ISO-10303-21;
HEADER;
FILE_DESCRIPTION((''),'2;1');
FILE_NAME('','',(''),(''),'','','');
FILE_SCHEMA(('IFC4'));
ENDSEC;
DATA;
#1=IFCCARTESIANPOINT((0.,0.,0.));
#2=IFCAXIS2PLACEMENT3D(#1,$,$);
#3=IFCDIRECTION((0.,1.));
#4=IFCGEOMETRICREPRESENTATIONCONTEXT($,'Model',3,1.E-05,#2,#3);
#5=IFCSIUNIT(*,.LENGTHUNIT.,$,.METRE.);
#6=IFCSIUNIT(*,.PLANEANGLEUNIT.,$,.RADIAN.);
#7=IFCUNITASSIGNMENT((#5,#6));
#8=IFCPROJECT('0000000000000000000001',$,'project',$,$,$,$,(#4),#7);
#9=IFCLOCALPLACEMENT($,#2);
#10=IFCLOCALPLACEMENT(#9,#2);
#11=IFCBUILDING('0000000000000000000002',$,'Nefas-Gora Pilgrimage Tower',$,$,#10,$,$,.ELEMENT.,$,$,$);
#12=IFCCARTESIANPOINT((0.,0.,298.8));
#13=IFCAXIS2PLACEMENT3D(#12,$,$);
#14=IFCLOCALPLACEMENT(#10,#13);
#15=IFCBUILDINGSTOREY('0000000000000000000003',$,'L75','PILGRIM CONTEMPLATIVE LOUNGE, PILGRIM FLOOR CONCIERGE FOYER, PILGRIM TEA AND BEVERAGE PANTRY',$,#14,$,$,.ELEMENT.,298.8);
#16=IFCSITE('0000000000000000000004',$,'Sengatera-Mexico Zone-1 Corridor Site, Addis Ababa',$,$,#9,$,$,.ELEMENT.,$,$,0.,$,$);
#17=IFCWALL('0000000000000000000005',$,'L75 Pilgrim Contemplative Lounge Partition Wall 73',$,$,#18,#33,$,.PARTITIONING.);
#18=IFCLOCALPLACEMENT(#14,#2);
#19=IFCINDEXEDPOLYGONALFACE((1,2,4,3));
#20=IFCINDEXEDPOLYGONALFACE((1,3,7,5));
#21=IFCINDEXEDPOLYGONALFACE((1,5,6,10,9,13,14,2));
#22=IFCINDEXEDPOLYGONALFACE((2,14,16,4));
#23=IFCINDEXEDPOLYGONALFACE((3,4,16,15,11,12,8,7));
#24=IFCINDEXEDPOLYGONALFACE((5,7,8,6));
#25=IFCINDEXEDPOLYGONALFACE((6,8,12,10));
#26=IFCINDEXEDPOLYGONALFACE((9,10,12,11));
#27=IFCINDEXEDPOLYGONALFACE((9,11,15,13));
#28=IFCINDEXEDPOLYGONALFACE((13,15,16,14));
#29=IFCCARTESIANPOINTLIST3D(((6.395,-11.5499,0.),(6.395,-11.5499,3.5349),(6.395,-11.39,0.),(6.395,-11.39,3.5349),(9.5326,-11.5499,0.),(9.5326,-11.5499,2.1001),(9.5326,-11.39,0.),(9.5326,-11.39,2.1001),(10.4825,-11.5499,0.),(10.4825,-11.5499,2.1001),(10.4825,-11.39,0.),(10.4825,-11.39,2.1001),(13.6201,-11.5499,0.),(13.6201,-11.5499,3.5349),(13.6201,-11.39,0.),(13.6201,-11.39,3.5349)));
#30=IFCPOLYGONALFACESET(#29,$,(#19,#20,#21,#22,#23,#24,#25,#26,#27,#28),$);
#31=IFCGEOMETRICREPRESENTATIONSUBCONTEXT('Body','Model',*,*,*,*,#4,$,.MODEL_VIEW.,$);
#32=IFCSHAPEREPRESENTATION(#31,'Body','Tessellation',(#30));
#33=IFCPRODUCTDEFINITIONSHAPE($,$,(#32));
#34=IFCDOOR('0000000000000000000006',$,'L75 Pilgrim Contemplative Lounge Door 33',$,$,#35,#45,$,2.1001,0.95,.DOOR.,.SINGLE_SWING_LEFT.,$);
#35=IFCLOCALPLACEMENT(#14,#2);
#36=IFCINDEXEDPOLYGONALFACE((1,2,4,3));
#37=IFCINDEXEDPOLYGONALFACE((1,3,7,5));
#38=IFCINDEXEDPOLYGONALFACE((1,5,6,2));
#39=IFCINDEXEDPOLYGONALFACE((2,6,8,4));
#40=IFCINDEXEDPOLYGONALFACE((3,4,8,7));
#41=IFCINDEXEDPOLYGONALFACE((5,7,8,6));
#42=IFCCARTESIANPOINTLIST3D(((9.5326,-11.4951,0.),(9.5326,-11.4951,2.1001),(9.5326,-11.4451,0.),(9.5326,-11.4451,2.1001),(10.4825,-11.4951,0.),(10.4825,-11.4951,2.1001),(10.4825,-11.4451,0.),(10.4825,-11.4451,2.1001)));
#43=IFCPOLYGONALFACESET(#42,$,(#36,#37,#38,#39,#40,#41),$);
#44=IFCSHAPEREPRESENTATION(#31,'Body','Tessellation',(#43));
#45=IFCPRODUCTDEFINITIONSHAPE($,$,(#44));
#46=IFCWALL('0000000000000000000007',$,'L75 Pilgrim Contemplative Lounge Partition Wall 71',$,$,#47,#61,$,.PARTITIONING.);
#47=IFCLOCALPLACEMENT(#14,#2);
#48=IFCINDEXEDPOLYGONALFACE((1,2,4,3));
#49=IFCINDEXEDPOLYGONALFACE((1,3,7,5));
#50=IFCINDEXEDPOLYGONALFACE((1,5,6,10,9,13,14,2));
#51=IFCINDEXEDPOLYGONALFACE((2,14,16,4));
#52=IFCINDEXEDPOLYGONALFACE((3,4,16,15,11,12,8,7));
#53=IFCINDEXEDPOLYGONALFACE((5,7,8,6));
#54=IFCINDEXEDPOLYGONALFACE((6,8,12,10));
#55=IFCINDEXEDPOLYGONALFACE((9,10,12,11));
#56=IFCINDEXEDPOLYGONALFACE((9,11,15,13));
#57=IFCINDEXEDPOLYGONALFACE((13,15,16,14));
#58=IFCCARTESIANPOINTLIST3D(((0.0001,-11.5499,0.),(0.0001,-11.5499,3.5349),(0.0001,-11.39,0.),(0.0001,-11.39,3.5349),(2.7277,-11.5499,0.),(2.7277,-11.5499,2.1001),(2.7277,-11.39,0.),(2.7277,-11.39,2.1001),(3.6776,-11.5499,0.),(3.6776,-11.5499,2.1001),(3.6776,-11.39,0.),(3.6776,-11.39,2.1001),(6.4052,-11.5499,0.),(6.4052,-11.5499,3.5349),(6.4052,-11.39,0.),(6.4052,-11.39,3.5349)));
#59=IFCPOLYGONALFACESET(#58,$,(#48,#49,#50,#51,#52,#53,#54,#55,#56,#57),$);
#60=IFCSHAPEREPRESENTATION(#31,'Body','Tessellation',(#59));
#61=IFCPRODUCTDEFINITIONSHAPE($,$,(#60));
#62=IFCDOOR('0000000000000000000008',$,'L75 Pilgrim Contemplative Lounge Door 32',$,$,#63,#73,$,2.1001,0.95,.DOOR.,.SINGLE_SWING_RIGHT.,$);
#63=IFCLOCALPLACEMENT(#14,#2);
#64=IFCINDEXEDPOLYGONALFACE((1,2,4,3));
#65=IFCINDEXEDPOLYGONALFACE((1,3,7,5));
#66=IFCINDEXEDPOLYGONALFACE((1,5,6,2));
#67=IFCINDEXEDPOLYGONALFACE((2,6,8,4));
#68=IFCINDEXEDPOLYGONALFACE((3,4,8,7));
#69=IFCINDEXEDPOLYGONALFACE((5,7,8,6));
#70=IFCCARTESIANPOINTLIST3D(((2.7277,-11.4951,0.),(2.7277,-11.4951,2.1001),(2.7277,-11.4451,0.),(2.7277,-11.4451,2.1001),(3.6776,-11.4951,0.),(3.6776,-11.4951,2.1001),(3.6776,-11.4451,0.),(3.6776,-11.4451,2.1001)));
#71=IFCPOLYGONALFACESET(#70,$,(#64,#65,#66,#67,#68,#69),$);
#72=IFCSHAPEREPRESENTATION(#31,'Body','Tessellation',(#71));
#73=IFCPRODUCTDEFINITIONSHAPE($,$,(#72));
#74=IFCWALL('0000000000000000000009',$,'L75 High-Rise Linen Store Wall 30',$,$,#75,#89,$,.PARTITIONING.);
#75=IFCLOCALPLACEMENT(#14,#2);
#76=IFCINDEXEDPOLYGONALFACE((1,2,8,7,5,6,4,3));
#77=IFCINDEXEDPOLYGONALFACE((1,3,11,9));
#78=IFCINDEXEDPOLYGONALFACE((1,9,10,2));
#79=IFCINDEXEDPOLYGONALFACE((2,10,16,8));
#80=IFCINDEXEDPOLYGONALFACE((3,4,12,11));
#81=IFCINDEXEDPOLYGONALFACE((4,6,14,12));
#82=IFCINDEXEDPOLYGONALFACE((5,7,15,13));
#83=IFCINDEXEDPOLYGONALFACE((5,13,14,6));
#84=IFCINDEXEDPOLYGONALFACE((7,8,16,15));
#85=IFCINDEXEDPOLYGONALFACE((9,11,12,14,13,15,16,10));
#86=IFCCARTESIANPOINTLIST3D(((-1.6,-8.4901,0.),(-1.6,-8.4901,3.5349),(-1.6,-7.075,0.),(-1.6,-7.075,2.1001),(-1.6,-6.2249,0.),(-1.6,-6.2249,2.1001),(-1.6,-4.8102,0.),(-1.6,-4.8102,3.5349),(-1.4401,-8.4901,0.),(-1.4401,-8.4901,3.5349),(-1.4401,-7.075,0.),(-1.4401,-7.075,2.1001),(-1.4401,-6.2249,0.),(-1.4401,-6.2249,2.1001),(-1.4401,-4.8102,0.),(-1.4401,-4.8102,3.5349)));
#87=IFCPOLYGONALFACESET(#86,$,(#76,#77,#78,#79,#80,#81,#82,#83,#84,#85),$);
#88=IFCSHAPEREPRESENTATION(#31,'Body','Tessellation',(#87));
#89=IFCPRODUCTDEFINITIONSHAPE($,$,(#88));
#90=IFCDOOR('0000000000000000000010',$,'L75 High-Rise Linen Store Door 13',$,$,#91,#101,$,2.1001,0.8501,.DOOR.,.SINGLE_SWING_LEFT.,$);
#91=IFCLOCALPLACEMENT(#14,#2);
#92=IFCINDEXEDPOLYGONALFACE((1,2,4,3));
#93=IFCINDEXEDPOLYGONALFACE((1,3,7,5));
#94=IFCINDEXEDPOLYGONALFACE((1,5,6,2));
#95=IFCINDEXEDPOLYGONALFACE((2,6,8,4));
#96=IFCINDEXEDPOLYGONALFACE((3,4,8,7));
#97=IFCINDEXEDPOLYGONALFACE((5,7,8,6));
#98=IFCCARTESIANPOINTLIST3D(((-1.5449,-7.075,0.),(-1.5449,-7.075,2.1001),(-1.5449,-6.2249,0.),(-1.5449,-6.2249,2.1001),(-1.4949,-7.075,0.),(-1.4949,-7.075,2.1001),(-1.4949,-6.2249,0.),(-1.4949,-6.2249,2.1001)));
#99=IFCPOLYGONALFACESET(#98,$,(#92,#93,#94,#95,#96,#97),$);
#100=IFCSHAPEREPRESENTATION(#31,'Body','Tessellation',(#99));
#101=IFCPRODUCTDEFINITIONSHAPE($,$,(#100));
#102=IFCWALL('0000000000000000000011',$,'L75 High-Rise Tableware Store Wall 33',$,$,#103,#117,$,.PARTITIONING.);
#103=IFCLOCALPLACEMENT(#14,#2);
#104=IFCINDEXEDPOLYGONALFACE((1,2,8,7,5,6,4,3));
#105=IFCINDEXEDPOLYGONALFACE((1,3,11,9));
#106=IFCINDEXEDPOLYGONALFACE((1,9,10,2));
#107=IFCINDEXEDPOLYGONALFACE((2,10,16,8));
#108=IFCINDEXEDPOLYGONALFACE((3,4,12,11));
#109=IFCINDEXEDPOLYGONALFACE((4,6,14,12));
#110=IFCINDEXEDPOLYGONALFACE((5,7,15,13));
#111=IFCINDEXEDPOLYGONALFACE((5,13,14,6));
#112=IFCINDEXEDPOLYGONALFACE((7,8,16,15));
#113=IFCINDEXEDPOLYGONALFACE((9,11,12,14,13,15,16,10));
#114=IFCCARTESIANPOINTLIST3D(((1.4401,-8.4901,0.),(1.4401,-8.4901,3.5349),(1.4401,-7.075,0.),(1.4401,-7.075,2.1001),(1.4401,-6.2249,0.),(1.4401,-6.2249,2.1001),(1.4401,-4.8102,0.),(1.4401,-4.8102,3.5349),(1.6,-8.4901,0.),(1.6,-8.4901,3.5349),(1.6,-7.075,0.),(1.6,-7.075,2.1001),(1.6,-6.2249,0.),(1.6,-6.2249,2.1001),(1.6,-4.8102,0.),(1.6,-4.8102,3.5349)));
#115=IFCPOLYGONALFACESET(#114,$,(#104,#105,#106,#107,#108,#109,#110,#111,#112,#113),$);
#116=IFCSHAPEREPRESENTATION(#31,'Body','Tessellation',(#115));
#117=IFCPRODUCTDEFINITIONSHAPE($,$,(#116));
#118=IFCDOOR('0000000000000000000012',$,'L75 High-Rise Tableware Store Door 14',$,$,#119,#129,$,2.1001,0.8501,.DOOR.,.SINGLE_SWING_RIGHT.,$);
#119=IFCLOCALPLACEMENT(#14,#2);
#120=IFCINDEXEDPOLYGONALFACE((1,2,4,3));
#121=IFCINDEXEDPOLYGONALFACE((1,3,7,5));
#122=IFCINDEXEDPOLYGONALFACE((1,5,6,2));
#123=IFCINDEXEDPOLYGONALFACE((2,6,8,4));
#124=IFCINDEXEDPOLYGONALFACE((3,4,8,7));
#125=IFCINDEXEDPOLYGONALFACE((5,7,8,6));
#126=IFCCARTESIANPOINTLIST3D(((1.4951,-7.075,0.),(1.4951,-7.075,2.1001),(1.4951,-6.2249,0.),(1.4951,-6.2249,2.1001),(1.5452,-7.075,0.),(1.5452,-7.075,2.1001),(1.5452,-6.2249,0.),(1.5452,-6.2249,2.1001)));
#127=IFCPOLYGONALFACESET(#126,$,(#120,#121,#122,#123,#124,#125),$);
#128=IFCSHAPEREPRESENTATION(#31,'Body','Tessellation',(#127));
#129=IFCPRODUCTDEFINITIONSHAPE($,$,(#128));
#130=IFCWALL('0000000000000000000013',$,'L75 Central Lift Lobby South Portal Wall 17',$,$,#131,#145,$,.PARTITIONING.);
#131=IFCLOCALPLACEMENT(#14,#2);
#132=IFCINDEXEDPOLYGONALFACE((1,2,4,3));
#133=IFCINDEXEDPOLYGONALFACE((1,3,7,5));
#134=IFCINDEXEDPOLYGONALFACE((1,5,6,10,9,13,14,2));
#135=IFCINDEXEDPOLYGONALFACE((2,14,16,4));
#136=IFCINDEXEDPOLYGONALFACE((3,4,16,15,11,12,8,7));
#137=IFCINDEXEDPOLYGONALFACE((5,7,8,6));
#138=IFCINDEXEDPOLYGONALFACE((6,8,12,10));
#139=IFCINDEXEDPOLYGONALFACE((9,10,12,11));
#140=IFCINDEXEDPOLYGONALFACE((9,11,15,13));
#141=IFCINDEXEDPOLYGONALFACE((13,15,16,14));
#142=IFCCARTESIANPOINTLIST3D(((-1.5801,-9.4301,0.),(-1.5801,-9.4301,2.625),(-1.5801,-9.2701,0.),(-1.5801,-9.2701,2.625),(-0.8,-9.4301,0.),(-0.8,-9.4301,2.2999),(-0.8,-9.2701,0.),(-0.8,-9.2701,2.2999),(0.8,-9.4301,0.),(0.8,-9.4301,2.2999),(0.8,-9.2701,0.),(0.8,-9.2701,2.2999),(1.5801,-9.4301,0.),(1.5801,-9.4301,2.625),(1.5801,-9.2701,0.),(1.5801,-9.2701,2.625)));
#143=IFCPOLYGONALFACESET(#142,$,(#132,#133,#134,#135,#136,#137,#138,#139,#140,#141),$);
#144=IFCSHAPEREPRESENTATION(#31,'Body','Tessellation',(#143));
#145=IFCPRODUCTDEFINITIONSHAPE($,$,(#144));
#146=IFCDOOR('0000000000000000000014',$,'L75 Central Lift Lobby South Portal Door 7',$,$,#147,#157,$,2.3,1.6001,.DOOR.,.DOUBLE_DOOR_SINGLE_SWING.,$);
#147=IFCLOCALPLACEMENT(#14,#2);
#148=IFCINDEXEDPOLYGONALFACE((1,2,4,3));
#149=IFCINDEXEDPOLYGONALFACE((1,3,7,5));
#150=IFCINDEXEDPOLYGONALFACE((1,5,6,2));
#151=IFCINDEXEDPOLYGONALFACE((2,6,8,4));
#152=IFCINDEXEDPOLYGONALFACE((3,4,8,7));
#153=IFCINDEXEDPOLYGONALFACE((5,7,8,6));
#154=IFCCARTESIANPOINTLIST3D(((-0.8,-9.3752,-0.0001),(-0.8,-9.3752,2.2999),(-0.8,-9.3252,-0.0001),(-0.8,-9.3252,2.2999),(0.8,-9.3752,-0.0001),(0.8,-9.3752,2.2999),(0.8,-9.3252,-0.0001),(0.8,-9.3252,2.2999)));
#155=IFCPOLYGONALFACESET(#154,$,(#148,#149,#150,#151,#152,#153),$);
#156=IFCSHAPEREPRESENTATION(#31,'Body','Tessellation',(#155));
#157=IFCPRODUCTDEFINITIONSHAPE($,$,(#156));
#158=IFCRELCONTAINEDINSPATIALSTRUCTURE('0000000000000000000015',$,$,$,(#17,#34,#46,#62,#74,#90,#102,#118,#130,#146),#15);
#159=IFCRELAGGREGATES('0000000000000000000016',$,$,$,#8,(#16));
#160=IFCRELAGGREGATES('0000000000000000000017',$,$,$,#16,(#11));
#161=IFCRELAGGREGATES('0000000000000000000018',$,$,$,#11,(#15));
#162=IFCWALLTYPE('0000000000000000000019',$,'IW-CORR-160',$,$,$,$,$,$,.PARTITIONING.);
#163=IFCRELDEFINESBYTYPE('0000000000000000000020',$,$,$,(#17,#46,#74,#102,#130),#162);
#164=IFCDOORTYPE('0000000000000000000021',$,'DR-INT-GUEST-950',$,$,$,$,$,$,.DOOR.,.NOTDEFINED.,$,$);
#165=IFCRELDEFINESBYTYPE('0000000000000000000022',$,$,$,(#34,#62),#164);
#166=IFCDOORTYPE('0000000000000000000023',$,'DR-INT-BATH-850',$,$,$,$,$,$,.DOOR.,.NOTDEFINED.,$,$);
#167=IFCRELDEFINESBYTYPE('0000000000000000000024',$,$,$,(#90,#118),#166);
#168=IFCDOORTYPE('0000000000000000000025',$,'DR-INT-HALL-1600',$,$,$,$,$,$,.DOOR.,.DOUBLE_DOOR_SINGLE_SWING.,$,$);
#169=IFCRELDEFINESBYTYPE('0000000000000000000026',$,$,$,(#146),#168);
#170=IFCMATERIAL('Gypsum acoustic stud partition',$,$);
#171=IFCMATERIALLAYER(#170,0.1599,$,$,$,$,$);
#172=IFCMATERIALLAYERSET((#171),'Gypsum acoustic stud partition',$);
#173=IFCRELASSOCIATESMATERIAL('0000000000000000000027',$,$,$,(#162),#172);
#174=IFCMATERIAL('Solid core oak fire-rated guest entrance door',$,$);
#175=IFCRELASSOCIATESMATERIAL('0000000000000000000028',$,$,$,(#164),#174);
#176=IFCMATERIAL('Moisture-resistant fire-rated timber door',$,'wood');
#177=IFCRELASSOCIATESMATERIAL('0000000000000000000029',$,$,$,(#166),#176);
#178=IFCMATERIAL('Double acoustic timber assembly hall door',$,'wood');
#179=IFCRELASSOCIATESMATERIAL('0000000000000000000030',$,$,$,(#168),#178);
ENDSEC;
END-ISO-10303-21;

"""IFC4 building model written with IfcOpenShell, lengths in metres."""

from ifc_helpers import new_model, si_unit, direction, frame, frame_2d, origin, place, context, subcontext, project, spatial, rectangle, extrude, source, transform, mapped, material, layer, layer_set, type_object, element, fill, save


model = new_model("IFC4")

# Units and contexts
model_context = context("Model", 3, precision=1e-05, world=origin(), true_north=direction((0.0, 1.0)))
body_context = subcontext(model_context, "Body", "Model", "MODEL_VIEW")
ifc_project = project(units=[si_unit("LENGTHUNIT", "METRE"), si_unit("PLANEANGLEUNIT", "RADIAN")], contexts=[model_context])

# Site, building, storey
site_placement = place(None, origin())
site = spatial("IfcSite", under=ifc_project, at=site_placement, Name="Sengatera-Mexico Zone-1 Corridor Site, Addis Ababa", CompositionType="ELEMENT", RefElevation=0.0)
building_placement = place(site_placement, origin())
building = spatial("IfcBuilding", under=site, at=building_placement, Name="Nefas-Gora Pilgrimage Tower", CompositionType="ELEMENT")
storey_placement = place(building_placement, frame((0.0, 0.0, 298.8)))
storey = spatial("IfcBuildingStorey", under=building, at=storey_placement, Name="L75", Description="PILGRIM CONTEMPLATIVE LOUNGE, PILGRIM FLOOR CONCIERGE FOYER, PILGRIM TEA AND BEVERAGE PANTRY", CompositionType="ELEMENT", Elevation=298.8)

# Walls, openings, doors
ifc_material_1 = material(Name="Gypsum acoustic stud partition")
ifc_layer_1 = layer(ifc_material_1, 0.1599)
ifc_layer_set_1 = layer_set([ifc_layer_1], Name="Gypsum acoustic stud partition")
wall_type_1 = type_object("IfcWallType", Name="IW-CORR-160", PredefinedType="PARTITIONING", material=ifc_layer_set_1)
shared_shape_1 = source(origin(), body_context, "Body", "SweptSolid", [
    extrude(rectangle(XDim=7.2251, YDim=0.1599, at=frame_2d((3.6125, 0.0))), origin(), (0.0, 0.0, 1.0), 3.5349),
])
wall_1_placement = place(storey_placement, frame((6.395, -11.47, 0.0), z_axis=(0.0, 0.0, 1.0), x_axis=(1.0, 0.0, 0.0)))
wall_1 = element("IfcWall", 1, at=wall_1_placement, inside=storey, type_object=wall_type_1, Name="L75 Pilgrim Contemplative Lounge Partition Wall 73", PredefinedType="PARTITIONING", context=body_context, shape_type="MappedRepresentation", body=[
    mapped(shared_shape_1, transform((0.0, 0.0, 0.0), x_axis=(1.0, 0.0, 0.0), y_axis=(0.0, 1.0, 0.0), z_axis=(0.0, 0.0, 1.0), scale=1.0)),
])
opening_1_placement = place(wall_1_placement, frame((3.1375, 0.0, 0.0)))
opening_1 = element("IfcOpeningElement", 2, at=opening_1_placement, cuts=wall_1, PredefinedType="OPENING", context=body_context, shape_type="SweptSolid", body=[
    extrude(rectangle(XDim=0.95, YDim=2.1001, at=frame_2d((0.4751, 1.05))), frame((0.0, 0.0898, 0.0), z_axis=(0.0, -1.0, 0.0), x_axis=(1.0, 0.0, 0.0)), (0.0, 0.0, 1.0), 0.1799),
])
ifc_material_2 = material(Name="Solid core oak fire-rated guest entrance door")
door_type_1 = type_object("IfcDoorType", Name="DR-INT-GUEST-950", OperationType="NOTDEFINED", PredefinedType="DOOR", material=ifc_material_2)
shared_shape_2 = source(origin(), body_context, "Body", "SweptSolid", [
    extrude(rectangle(XDim=0.95, YDim=2.1001, at=frame_2d((0.4751, 1.05))), frame((0.0, 0.0249, 0.0), z_axis=(0.0, -1.0, 0.0), x_axis=(1.0, 0.0, 0.0)), (0.0, 0.0, 1.0), 0.05),
])
door_1_placement = place(opening_1_placement, origin())
door_1 = element("IfcDoor", 3, at=door_1_placement, inside=storey, type_object=door_type_1, Name="L75 Pilgrim Contemplative Lounge Door 33", OperationType="SINGLE_SWING_LEFT", OverallHeight=2.1001, OverallWidth=0.95, PredefinedType="DOOR", context=body_context, shape_type="MappedRepresentation", body=[
    mapped(shared_shape_2, transform((0.0, 0.0, 0.0), x_axis=(1.0, 0.0, 0.0), y_axis=(0.0, 1.0, 0.0), z_axis=(0.0, 0.0, 1.0), scale=1.0)),
])
fill(opening_1, door_1)
shared_shape_3 = source(origin(), body_context, "Body", "SweptSolid", [
    extrude(rectangle(XDim=6.405, YDim=0.1599, at=frame_2d((3.2026, 0.0))), origin(), (0.0, 0.0, 1.0), 3.5349),
])
wall_2_placement = place(storey_placement, frame((0.0, -11.47, 0.0), z_axis=(0.0, 0.0, 1.0), x_axis=(1.0, 0.0, 0.0)))
wall_2 = element("IfcWall", 4, at=wall_2_placement, inside=storey, type_object=wall_type_1, Name="L75 Pilgrim Contemplative Lounge Partition Wall 71", PredefinedType="PARTITIONING", context=body_context, shape_type="MappedRepresentation", body=[
    mapped(shared_shape_3, transform((0.0, 0.0, 0.0), x_axis=(1.0, 0.0, 0.0), y_axis=(0.0, 1.0, 0.0), z_axis=(0.0, 0.0, 1.0), scale=1.0)),
])
opening_2_placement = place(wall_2_placement, frame((2.7275, 0.0, 0.0)))
opening_2 = element("IfcOpeningElement", 5, at=opening_2_placement, cuts=wall_2, PredefinedType="OPENING", context=body_context, shape_type="SweptSolid", body=[
    extrude(rectangle(XDim=0.95, YDim=2.1001, at=frame_2d((0.4751, 1.05))), frame((0.0, 0.0898, 0.0), z_axis=(0.0, -1.0, 0.0), x_axis=(1.0, 0.0, 0.0)), (0.0, 0.0, 1.0), 0.1799),
])
door_2_placement = place(opening_2_placement, origin())
door_2 = element("IfcDoor", 6, at=door_2_placement, inside=storey, type_object=door_type_1, Name="L75 Pilgrim Contemplative Lounge Door 32", OperationType="SINGLE_SWING_RIGHT", OverallHeight=2.1001, OverallWidth=0.95, PredefinedType="DOOR", context=body_context, shape_type="MappedRepresentation", body=[
    mapped(shared_shape_2, transform((0.0, 0.0, 0.0), x_axis=(1.0, 0.0, 0.0), y_axis=(0.0, 1.0, 0.0), z_axis=(0.0, 0.0, 1.0), scale=1.0)),
])
fill(opening_2, door_2)
shared_shape_4 = source(origin(), body_context, "Body", "SweptSolid", [
    extrude(rectangle(XDim=3.6799, YDim=0.1599, at=frame_2d((1.8398, 0.0))), origin(), (0.0, 0.0, 1.0), 3.5349),
])
wall_3_placement = place(storey_placement, frame((-1.52, -8.49, 0.0), z_axis=(0.0, 0.0, 1.0), x_axis=(0.0, 1.0, 0.0)))
wall_3 = element("IfcWall", 7, at=wall_3_placement, inside=storey, type_object=wall_type_1, Name="L75 High-Rise Linen Store Wall 30", PredefinedType="PARTITIONING", context=body_context, shape_type="MappedRepresentation", body=[
    mapped(shared_shape_4, transform((0.0, 0.0, 0.0), x_axis=(1.0, 0.0, 0.0), y_axis=(0.0, 1.0, 0.0), z_axis=(0.0, 0.0, 1.0), scale=1.0)),
])
opening_3_placement = place(wall_3_placement, frame((1.415, 0.0, 0.0)))
opening_3 = element("IfcOpeningElement", 8, at=opening_3_placement, cuts=wall_3, PredefinedType="OPENING", context=body_context, shape_type="SweptSolid", body=[
    extrude(rectangle(XDim=0.8501, YDim=2.1001, at=frame_2d((0.425, 1.05))), frame((0.0, 0.0898, 0.0), z_axis=(0.0, -1.0, 0.0), x_axis=(1.0, 0.0, 0.0)), (0.0, 0.0, 1.0), 0.1799),
])
ifc_material_3 = material(Name="Moisture-resistant fire-rated timber door", Category="wood")
door_type_2 = type_object("IfcDoorType", Name="DR-INT-BATH-850", OperationType="NOTDEFINED", PredefinedType="DOOR", material=ifc_material_3)
shared_shape_5 = source(origin(), body_context, "Body", "SweptSolid", [
    extrude(rectangle(XDim=0.8501, YDim=2.1001, at=frame_2d((0.425, 1.05))), frame((0.0, 0.0249, 0.0), z_axis=(0.0, -1.0, 0.0), x_axis=(1.0, 0.0, 0.0)), (0.0, 0.0, 1.0), 0.05),
])
door_3_placement = place(opening_3_placement, origin())
door_3 = element("IfcDoor", 9, at=door_3_placement, inside=storey, type_object=door_type_2, Name="L75 High-Rise Linen Store Door 13", OperationType="SINGLE_SWING_LEFT", OverallHeight=2.1001, OverallWidth=0.8501, PredefinedType="DOOR", context=body_context, shape_type="MappedRepresentation", body=[
    mapped(shared_shape_5, transform((0.0, 0.0, 0.0), x_axis=(1.0, 0.0, 0.0), y_axis=(0.0, 1.0, 0.0), z_axis=(0.0, 0.0, 1.0), scale=1.0)),
])
fill(opening_3, door_3)
wall_4_placement = place(storey_placement, frame((1.52, -8.49, 0.0), z_axis=(0.0, 0.0, 1.0), x_axis=(0.0, 1.0, 0.0)))
wall_4 = element("IfcWall", 10, at=wall_4_placement, inside=storey, type_object=wall_type_1, Name="L75 High-Rise Tableware Store Wall 33", PredefinedType="PARTITIONING", context=body_context, shape_type="MappedRepresentation", body=[
    mapped(shared_shape_4, transform((0.0, 0.0, 0.0), x_axis=(1.0, 0.0, 0.0), y_axis=(0.0, 1.0, 0.0), z_axis=(0.0, 0.0, 1.0), scale=1.0)),
])
opening_4_placement = place(wall_4_placement, frame((1.415, 0.0, 0.0)))
opening_4 = element("IfcOpeningElement", 11, at=opening_4_placement, cuts=wall_4, PredefinedType="OPENING", context=body_context, shape_type="SweptSolid", body=[
    extrude(rectangle(XDim=0.8501, YDim=2.1001, at=frame_2d((0.425, 1.05))), frame((0.0, 0.0898, 0.0), z_axis=(0.0, -1.0, 0.0), x_axis=(1.0, 0.0, 0.0)), (0.0, 0.0, 1.0), 0.1799),
])
door_4_placement = place(opening_4_placement, origin())
door_4 = element("IfcDoor", 12, at=door_4_placement, inside=storey, type_object=door_type_2, Name="L75 High-Rise Tableware Store Door 14", OperationType="SINGLE_SWING_RIGHT", OverallHeight=2.1001, OverallWidth=0.8501, PredefinedType="DOOR", context=body_context, shape_type="MappedRepresentation", body=[
    mapped(shared_shape_5, transform((0.0, 0.0, 0.0), x_axis=(1.0, 0.0, 0.0), y_axis=(0.0, 1.0, 0.0), z_axis=(0.0, 0.0, 1.0), scale=1.0)),
])
fill(opening_4, door_4)
shared_shape_6 = source(origin(), body_context, "Body", "SweptSolid", [
    extrude(rectangle(XDim=3.1602, YDim=0.1599, at=frame_2d((1.5801, 0.0))), origin(), (0.0, 0.0, 1.0), 2.625),
])
wall_5_placement = place(storey_placement, frame((-1.5801, -9.3501, 0.0), z_axis=(0.0, 0.0, 1.0), x_axis=(1.0, 0.0, 0.0)))
wall_5 = element("IfcWall", 13, at=wall_5_placement, inside=storey, type_object=wall_type_1, Name="L75 Central Lift Lobby South Portal Wall 17", PredefinedType="PARTITIONING", context=body_context, shape_type="MappedRepresentation", body=[
    mapped(shared_shape_6, transform((0.0, 0.0, 0.0), x_axis=(1.0, 0.0, 0.0), y_axis=(0.0, 1.0, 0.0), z_axis=(0.0, 0.0, 1.0), scale=1.0)),
])
opening_5_placement = place(wall_5_placement, frame((0.78, 0.0, 0.0)))
opening_5 = element("IfcOpeningElement", 14, at=opening_5_placement, cuts=wall_5, PredefinedType="OPENING", context=body_context, shape_type="SweptSolid", body=[
    extrude(rectangle(XDim=1.6001, YDim=2.3, at=frame_2d((0.8, 1.1499))), frame((0.0, 0.0898, 0.0), z_axis=(0.0, -1.0, 0.0), x_axis=(1.0, 0.0, 0.0)), (0.0, 0.0, 1.0), 0.1799),
])
ifc_material_4 = material(Name="Double acoustic timber assembly hall door", Category="wood")
door_type_3 = type_object("IfcDoorType", Name="DR-INT-HALL-1600", OperationType="DOUBLE_DOOR_SINGLE_SWING", PredefinedType="DOOR", material=ifc_material_4)
shared_shape_7 = source(origin(), body_context, "Body", "SweptSolid", [
    extrude(rectangle(XDim=1.6001, YDim=2.3, at=frame_2d((0.8, 1.1499))), frame((0.0, 0.0249, 0.0), z_axis=(0.0, -1.0, 0.0), x_axis=(1.0, 0.0, 0.0)), (0.0, 0.0, 1.0), 0.05),
])
door_5_placement = place(opening_5_placement, origin())
door_5 = element("IfcDoor", 15, at=door_5_placement, inside=storey, type_object=door_type_3, Name="L75 Central Lift Lobby South Portal Door 7", OperationType="DOUBLE_DOOR_SINGLE_SWING", OverallHeight=2.3, OverallWidth=1.6001, PredefinedType="DOOR", context=body_context, shape_type="MappedRepresentation", body=[
    mapped(shared_shape_7, transform((0.0, 0.0, 0.0), x_axis=(1.0, 0.0, 0.0), y_axis=(0.0, 1.0, 0.0), z_axis=(0.0, 0.0, 1.0), scale=1.0)),
])
fill(opening_5, door_5)

save(model, "model.ifc")
